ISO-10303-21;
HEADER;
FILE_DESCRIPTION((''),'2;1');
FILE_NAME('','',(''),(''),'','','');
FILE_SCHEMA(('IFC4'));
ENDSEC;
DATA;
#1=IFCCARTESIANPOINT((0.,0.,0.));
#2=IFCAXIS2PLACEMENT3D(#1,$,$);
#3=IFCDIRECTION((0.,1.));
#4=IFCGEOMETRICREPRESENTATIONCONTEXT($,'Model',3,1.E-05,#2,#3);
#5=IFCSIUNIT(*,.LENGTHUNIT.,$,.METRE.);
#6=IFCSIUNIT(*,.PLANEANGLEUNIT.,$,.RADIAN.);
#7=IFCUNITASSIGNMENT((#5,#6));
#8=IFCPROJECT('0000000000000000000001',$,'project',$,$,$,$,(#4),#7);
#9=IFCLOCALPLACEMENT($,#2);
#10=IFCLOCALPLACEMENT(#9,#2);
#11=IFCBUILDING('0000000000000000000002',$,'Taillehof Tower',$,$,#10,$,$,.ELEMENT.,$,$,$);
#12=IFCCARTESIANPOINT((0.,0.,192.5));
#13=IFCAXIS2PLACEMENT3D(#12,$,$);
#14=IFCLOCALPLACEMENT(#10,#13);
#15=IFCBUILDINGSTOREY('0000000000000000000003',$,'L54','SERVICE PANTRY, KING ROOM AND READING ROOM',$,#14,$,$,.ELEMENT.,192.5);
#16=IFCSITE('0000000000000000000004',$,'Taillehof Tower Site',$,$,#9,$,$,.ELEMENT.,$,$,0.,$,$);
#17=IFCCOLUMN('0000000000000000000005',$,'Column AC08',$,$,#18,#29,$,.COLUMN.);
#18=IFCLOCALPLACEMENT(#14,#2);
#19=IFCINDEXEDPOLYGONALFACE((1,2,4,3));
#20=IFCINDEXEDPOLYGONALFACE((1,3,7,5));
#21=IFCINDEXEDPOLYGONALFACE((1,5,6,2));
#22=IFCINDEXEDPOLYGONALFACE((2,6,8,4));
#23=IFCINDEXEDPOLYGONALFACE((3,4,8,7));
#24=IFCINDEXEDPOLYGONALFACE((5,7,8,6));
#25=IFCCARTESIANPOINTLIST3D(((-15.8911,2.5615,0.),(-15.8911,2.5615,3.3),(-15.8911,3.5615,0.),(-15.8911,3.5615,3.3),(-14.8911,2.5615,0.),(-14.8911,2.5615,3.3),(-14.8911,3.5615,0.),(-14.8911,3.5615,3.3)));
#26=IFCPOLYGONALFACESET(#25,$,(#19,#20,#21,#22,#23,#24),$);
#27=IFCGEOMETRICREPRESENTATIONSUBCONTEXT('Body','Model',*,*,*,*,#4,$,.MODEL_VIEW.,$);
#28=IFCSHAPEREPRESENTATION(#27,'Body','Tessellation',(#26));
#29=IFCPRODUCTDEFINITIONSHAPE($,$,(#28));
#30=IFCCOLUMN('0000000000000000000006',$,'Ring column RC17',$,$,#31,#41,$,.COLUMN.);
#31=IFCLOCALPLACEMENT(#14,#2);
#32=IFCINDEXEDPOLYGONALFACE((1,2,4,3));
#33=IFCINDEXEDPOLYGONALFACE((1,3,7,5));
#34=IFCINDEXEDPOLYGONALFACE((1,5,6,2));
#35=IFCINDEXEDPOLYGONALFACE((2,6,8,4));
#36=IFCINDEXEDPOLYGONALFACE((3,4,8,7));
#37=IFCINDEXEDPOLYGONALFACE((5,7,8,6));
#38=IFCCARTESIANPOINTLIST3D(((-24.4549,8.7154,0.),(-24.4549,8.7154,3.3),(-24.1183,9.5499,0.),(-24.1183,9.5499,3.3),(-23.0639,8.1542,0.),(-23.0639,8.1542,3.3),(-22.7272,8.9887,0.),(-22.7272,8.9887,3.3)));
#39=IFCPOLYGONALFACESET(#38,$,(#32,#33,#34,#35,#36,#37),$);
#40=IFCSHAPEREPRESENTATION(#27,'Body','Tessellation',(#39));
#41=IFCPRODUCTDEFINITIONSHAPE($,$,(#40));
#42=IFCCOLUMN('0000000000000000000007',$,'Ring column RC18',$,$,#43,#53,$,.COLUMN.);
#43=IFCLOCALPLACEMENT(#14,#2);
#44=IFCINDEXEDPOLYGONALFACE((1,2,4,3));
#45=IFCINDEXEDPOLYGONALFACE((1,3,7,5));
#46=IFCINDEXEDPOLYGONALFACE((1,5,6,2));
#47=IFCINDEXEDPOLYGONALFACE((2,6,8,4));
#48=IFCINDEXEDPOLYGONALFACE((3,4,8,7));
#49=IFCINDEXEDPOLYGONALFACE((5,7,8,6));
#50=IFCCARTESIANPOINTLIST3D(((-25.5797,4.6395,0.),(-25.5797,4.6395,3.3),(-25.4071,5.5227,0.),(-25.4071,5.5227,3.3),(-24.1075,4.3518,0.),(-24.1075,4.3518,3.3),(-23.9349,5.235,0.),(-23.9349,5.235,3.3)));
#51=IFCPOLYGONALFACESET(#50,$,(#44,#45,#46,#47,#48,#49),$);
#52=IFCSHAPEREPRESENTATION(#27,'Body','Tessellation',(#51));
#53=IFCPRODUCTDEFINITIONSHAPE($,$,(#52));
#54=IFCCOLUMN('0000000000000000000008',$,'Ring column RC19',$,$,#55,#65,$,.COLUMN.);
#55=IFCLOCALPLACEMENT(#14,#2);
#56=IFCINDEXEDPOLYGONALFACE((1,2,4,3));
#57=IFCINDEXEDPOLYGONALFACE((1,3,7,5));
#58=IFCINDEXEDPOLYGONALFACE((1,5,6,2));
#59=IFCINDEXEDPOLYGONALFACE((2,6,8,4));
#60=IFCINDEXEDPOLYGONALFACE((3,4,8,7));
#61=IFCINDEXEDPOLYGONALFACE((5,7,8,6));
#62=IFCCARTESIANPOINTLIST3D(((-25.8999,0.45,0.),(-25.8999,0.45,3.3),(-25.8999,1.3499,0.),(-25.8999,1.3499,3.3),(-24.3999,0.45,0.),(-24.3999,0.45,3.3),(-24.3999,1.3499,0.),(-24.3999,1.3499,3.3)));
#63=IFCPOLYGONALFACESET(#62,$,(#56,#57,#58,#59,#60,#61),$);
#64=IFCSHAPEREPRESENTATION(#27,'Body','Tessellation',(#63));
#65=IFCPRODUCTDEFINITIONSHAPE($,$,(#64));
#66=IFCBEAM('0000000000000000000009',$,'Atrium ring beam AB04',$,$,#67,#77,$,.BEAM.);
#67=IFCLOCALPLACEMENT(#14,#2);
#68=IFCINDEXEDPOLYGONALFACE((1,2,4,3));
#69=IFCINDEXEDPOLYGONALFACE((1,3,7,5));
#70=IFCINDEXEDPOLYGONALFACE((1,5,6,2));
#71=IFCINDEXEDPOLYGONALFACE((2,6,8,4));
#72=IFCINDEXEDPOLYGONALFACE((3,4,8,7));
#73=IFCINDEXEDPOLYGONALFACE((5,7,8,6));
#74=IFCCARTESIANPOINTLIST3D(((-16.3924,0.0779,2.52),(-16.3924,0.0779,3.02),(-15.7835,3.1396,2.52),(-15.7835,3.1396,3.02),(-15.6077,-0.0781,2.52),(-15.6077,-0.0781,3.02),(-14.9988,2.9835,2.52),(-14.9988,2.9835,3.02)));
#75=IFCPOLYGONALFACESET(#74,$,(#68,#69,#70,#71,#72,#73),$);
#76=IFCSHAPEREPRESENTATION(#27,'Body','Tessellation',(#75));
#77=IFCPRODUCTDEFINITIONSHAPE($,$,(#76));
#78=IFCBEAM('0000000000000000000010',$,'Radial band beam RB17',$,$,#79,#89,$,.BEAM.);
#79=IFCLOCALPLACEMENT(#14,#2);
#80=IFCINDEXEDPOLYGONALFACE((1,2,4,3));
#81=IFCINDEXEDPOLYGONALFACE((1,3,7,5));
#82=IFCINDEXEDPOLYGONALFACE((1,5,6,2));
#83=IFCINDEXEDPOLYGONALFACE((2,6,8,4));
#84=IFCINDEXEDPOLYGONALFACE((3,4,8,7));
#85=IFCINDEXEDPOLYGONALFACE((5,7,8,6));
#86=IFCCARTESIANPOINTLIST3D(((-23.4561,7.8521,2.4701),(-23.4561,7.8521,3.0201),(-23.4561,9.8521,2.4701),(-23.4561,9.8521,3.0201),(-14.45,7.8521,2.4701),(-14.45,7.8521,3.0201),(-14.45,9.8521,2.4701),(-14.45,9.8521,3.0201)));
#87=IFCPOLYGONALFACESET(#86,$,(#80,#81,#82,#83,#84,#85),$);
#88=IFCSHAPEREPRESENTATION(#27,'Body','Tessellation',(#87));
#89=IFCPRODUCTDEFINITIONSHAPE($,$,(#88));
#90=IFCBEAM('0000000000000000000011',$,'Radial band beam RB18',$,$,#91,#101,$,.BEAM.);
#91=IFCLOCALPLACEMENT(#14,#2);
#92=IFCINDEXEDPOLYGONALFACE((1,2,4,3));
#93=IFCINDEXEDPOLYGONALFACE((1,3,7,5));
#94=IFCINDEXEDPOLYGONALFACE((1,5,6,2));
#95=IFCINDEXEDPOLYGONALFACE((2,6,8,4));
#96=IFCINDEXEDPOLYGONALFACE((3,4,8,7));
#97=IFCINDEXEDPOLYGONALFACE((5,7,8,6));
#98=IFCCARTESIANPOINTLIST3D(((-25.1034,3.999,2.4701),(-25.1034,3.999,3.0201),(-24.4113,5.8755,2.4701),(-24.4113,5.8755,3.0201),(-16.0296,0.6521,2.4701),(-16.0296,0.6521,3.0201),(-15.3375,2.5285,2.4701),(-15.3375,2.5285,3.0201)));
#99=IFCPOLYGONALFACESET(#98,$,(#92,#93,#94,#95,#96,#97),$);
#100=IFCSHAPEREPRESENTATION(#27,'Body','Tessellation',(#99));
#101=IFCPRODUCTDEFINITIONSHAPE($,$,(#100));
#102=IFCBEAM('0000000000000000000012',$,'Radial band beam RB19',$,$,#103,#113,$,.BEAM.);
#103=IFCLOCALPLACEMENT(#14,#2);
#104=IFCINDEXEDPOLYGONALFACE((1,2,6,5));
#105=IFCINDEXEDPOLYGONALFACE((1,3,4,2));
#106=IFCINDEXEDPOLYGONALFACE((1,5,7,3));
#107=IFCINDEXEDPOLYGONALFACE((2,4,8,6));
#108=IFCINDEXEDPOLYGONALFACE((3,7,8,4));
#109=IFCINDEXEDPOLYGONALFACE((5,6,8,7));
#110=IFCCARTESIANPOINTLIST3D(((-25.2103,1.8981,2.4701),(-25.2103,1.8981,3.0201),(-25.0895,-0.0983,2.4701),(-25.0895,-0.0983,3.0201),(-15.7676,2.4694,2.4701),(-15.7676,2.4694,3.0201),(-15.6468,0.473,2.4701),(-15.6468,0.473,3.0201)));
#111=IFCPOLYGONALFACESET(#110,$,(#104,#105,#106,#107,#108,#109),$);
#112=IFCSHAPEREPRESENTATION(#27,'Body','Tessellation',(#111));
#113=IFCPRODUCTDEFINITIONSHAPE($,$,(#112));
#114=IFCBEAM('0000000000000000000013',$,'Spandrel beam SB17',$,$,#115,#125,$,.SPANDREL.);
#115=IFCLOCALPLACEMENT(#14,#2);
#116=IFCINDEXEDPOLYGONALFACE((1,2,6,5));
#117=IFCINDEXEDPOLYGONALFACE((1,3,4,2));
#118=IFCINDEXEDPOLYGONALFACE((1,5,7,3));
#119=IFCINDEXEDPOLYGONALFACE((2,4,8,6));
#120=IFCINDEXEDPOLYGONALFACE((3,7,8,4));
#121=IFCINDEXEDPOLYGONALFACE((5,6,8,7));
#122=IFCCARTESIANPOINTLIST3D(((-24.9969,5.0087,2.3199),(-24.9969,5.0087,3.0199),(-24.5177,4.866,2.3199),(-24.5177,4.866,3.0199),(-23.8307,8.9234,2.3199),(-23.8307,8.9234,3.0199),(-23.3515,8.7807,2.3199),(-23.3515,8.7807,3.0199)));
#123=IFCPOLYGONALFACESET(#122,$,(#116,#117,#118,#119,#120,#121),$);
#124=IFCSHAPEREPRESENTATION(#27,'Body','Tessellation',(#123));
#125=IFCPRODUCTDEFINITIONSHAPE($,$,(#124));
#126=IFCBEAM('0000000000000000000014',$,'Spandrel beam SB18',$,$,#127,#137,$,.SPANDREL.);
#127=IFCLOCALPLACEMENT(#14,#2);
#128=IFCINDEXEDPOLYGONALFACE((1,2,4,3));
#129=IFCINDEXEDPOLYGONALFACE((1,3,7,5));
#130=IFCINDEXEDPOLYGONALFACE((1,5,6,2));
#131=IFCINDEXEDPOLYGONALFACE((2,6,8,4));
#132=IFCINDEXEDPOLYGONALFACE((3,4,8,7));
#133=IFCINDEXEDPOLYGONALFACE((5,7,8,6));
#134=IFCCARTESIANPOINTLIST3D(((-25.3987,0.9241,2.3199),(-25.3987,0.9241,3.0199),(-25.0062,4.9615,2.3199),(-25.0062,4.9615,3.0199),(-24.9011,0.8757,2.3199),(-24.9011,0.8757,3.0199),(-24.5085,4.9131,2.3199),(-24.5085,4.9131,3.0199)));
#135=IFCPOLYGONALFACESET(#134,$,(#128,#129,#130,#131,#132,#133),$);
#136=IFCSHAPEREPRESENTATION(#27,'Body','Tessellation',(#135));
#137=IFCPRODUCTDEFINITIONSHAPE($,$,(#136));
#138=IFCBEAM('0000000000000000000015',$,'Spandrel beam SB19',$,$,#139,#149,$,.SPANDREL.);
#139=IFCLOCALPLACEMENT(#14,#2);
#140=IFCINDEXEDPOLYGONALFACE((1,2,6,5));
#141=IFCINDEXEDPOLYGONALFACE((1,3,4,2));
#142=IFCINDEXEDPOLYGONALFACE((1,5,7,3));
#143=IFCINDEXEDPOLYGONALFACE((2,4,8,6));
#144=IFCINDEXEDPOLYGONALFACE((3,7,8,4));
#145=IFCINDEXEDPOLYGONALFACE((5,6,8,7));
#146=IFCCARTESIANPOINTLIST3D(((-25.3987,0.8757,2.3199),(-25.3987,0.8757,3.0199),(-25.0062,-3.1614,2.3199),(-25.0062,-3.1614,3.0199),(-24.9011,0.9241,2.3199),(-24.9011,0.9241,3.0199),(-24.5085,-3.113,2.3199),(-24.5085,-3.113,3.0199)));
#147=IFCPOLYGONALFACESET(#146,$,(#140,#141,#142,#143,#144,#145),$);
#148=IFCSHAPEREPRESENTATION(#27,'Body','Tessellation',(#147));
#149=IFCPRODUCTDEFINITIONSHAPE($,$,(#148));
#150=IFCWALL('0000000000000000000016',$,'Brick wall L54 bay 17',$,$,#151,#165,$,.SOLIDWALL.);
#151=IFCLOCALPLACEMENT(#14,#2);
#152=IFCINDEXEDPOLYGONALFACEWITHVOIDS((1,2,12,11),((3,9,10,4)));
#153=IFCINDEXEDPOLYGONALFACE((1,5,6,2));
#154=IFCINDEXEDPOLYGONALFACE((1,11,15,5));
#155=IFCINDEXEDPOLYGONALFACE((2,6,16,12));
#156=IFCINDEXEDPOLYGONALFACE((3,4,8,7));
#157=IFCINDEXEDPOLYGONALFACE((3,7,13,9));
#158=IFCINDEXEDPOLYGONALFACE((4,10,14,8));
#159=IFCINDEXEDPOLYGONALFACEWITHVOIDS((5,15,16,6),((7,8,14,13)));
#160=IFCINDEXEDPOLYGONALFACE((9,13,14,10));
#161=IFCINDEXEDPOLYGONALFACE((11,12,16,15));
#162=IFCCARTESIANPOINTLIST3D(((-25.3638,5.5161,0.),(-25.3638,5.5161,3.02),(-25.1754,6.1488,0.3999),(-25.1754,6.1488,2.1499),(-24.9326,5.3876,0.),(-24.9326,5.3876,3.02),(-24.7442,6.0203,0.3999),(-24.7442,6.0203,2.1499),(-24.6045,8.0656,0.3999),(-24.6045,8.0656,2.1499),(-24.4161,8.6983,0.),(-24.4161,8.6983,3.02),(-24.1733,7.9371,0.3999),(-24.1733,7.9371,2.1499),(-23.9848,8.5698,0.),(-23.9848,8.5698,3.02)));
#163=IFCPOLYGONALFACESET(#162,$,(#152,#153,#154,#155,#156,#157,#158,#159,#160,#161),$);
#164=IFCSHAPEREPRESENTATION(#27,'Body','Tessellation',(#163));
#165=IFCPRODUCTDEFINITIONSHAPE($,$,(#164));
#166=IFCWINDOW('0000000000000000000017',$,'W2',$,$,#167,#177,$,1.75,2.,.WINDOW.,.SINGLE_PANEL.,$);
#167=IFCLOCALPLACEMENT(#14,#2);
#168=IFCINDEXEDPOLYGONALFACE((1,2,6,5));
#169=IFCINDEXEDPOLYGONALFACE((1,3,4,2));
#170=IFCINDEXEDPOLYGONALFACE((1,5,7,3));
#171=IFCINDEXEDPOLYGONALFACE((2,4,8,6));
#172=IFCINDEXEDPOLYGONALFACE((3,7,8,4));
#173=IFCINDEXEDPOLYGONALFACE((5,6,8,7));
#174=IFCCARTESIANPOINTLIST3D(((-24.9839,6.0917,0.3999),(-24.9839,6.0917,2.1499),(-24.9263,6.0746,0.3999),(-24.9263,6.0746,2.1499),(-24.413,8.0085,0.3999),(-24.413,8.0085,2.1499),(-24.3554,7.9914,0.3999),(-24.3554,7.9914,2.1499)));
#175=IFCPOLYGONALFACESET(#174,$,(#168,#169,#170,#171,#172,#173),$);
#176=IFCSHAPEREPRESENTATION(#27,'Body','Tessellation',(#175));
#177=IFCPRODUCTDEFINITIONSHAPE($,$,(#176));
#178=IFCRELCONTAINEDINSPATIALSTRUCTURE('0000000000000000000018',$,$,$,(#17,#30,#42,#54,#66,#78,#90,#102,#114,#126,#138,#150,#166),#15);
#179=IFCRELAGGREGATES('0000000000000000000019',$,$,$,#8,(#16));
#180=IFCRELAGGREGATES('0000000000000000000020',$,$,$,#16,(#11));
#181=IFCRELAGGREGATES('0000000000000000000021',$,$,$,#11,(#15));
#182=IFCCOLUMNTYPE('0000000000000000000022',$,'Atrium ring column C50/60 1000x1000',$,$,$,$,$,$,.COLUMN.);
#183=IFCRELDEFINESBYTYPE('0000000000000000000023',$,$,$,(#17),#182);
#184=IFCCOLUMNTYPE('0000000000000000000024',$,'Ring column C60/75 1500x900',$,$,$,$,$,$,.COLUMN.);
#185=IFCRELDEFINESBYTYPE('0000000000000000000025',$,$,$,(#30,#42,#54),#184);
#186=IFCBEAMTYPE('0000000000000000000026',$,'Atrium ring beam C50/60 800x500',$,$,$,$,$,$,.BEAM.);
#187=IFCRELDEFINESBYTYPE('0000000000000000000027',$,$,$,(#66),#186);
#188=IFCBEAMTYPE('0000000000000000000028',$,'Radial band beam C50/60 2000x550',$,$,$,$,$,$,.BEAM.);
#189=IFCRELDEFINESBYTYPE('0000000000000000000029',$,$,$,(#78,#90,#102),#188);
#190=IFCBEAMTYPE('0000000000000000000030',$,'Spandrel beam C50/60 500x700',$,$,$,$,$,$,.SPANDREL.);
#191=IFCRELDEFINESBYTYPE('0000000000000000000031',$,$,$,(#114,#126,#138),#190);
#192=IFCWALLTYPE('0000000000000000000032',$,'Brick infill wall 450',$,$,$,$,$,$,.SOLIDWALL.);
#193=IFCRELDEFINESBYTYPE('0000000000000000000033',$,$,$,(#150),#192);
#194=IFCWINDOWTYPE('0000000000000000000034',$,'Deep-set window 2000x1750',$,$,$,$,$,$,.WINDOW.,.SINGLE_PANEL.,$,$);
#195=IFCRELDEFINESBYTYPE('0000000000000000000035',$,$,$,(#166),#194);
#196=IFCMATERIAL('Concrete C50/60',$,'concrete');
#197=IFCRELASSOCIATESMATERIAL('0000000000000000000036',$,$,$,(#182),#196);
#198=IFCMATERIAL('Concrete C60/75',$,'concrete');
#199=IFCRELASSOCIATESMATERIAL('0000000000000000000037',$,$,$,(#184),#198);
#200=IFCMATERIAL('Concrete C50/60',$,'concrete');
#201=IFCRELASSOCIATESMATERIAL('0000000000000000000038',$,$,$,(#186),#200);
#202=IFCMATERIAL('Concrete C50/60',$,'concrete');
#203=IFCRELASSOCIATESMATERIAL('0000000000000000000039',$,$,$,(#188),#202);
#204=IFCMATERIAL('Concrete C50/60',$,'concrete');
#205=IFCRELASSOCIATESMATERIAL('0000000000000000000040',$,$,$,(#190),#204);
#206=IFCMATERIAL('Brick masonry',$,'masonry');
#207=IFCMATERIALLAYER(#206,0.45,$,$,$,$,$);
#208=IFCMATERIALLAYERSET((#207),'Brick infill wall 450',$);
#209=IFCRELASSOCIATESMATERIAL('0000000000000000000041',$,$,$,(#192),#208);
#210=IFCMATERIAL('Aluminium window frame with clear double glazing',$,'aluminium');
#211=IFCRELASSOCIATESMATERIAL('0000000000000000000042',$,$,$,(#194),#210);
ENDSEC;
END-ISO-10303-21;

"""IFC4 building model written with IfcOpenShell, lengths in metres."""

from ifc_helpers import new_model, si_unit, direction, frame, frame_2d, origin, origin_2d, place, context, subcontext, project, spatial, rectangle, extrude, material, layer, layer_set, material_profile, profile_set, type_object, element, fill, save


model = new_model("IFC4")

# Units and contexts
model_context = context("Model", 3, precision=1e-05, world=origin(), true_north=direction((0.0, 1.0)))
body_context = subcontext(model_context, "Body", "Model", "MODEL_VIEW")
ifc_project = project(units=[si_unit("LENGTHUNIT", "METRE"), si_unit("PLANEANGLEUNIT", "RADIAN")], contexts=[model_context])

# Site, building, storey
site_placement = place(None, origin())
site = spatial("IfcSite", under=ifc_project, at=site_placement, Name="Taillehof Tower Site", CompositionType="ELEMENT", RefElevation=0.0)
building_placement = place(site_placement, origin())
building = spatial("IfcBuilding", under=site, at=building_placement, Name="Taillehof Tower", CompositionType="ELEMENT")
storey_placement = place(building_placement, frame((0.0, 0.0, 192.5)))
storey = spatial("IfcBuildingStorey", under=building, at=storey_placement, Name="L54", Description="SERVICE PANTRY, KING ROOM AND READING ROOM", CompositionType="ELEMENT", Elevation=192.5)

# Columns
ifc_material_1 = material(Name="Concrete C50/60", Category="concrete")
ifc_material_profile_1 = material_profile(ifc_material_1, rectangle(XDim=1.0, YDim=1.0, at=origin_2d()), Name="RC 1000x1000")
ifc_profile_set_1 = profile_set([ifc_material_profile_1], Name="Concrete C50/60")
column_type_1 = type_object("IfcColumnType", Name="Atrium ring column C50/60 1000x1000", PredefinedType="COLUMN", material=ifc_profile_set_1)
column_placement = place(storey_placement, frame((-15.3911, 3.0615, 0.0), z_axis=(0.0, 0.0, 1.0), x_axis=(1.0, 0.0, 0.0)))
element("IfcColumn", 1, at=column_placement, inside=storey, type_object=column_type_1, Name="Column AC08", PredefinedType="COLUMN", context=body_context, shape_type="SweptSolid", body=[
    extrude(rectangle(XDim=1.0, YDim=1.0, at=origin_2d()), origin(), (0.0, 0.0, 1.0), 3.3),
])
ifc_material_2 = material(Name="Concrete C60/75", Category="concrete")
ifc_material_profile_2 = material_profile(ifc_material_2, rectangle(XDim=1.5, YDim=0.8999, at=origin_2d()), Name="RC 1500x900")
ifc_profile_set_2 = profile_set([ifc_material_profile_2], Name="Concrete C60/75")
column_type_2 = type_object("IfcColumnType", Name="Ring column C60/75 1500x900", PredefinedType="COLUMN", material=ifc_profile_set_2)
for number, where, z_axis, x_axis, name in (
    (2, (-23.5911, 8.8521, 0.0), (0.0, 0.0, 1.0), (-0.927385, 0.374108, 0.0), "Ring column RC17"),
    (3, (-24.7573, 4.9373, 0.0), (0.0, 0.0, 1.0), (-0.981434, 0.191801, 0.0), "Ring column RC18"),
    (4, (-25.1499, 0.8999, 0.0), (0.0, 0.0, 1.0), (-1.0, 0.0, 0.0), "Ring column RC19"),
):
    element("IfcColumn", number, at=place(storey_placement, frame(where, z_axis=z_axis, x_axis=x_axis)), inside=storey, type_object=column_type_2, Name=name, PredefinedType="COLUMN", context=body_context, shape_type="SweptSolid", body=[
        extrude(rectangle(XDim=1.5, YDim=0.8999, at=origin_2d()), origin(), (0.0, 0.0, 1.0), 3.3),
    ])

# Beams
ifc_material_3 = material(Name="Concrete C50/60", Category="concrete")
ifc_material_profile_3 = material_profile(ifc_material_3, rectangle(XDim=0.8, YDim=0.5, at=origin_2d()), Name="RC 800x500")
ifc_profile_set_3 = profile_set([ifc_material_profile_3], Name="Concrete C50/60")
beam_type_1 = type_object("IfcBeamType", Name="Atrium ring beam C50/60 800x500", PredefinedType="BEAM", material=ifc_profile_set_3)
beam_1_placement = place(storey_placement, frame((-15.3911, 3.0615, 2.77), z_axis=(-0.195063, -0.980791, 0.0), x_axis=(0.980791, -0.195063, 0.0)))
element("IfcBeam", 5, at=beam_1_placement, inside=storey, type_object=beam_type_1, Name="Atrium ring beam AB04", PredefinedType="BEAM", context=body_context, shape_type="SweptSolid", body=[
    extrude(rectangle(XDim=0.8, YDim=0.5, at=origin_2d()), origin(), (0.0, 0.0, 1.0), 3.1216),
])
ifc_material_4 = material(Name="Concrete C50/60", Category="concrete")
ifc_material_profile_4 = material_profile(ifc_material_4, rectangle(XDim=2.0, YDim=0.55, at=origin_2d()), Name="RC 2000x550")
ifc_profile_set_4 = profile_set([ifc_material_profile_4], Name="Concrete C50/60")
beam_type_2 = type_object("IfcBeamType", Name="Radial band beam C50/60 2000x550", PredefinedType="BEAM", material=ifc_profile_set_4)
beam_2_placement = place(storey_placement, frame((-23.4561, 8.8521, 2.7451), z_axis=(1.0, 0.0, 0.0), x_axis=(0.0, 1.0, 0.0)))
element("IfcBeam", 6, at=beam_2_placement, inside=storey, type_object=beam_type_2, Name="Radial band beam RB17", PredefinedType="BEAM", context=body_context, shape_type="SweptSolid", body=[
    extrude(rectangle(XDim=2.0, YDim=0.55, at=origin_2d()), origin(), (0.0, 0.0, 1.0), 9.0061),
])
beam_3_placement = place(storey_placement, frame((-24.7573, 4.9373, 2.7451), z_axis=(0.93821, -0.346067, 0.0), x_axis=(0.346067, 0.93821, 0.0)))
element("IfcBeam", 7, at=beam_3_placement, inside=storey, type_object=beam_type_2, Name="Radial band beam RB18", PredefinedType="BEAM", context=body_context, shape_type="SweptSolid", body=[
    extrude(rectangle(XDim=2.0, YDim=0.55, at=origin_2d()), origin(), (0.0, 0.0, 1.0), 9.6714),
])
beam_4_placement = place(storey_placement, frame((-25.1499, 0.8999, 2.7451), z_axis=(0.998175, 0.060391, 0.0), x_axis=(-0.060391, 0.998175, 0.0)))
element("IfcBeam", 8, at=beam_4_placement, inside=storey, type_object=beam_type_2, Name="Radial band beam RB19", PredefinedType="BEAM", context=body_context, shape_type="SweptSolid", body=[
    extrude(rectangle(XDim=2.0, YDim=0.55, at=origin_2d()), origin(), (0.0, 0.0, 1.0), 9.46),
])
ifc_material_5 = material(Name="Concrete C50/60", Category="concrete")
ifc_material_profile_5 = material_profile(ifc_material_5, rectangle(XDim=0.5, YDim=0.7, at=origin_2d()), Name="RC 500x700")
ifc_profile_set_5 = profile_set([ifc_material_profile_5], Name="Concrete C50/60")
beam_type_3 = type_object("IfcBeamType", Name="Spandrel beam C50/60 500x700", PredefinedType="SPANDREL", material=ifc_profile_set_5)
beam_5_placement = place(storey_placement, frame((-23.5911, 8.8521, 2.6699), z_axis=(-0.28551, -0.958376, 0.0), x_axis=(0.958376, -0.28551, 0.0)))
element("IfcBeam", 9, at=beam_5_placement, inside=storey, type_object=beam_type_3, Name="Spandrel beam SB17", PredefinedType="SPANDREL", context=body_context, shape_type="SweptSolid", body=[
    extrude(rectangle(XDim=0.5, YDim=0.7, at=origin_2d()), origin(), (0.0, 0.0, 1.0), 4.0847),
])
beam_6_placement = place(storey_placement, frame((-24.7573, 4.9373, 2.6699), z_axis=(-0.09678, -0.995306, 0.0), x_axis=(0.995306, -0.09678, 0.0)))
element("IfcBeam", 10, at=beam_6_placement, inside=storey, type_object=beam_type_3, Name="Spandrel beam SB18", PredefinedType="SPANDREL", context=body_context, shape_type="SweptSolid", body=[
    extrude(rectangle(XDim=0.5, YDim=0.7, at=origin_2d()), origin(), (0.0, 0.0, 1.0), 4.0564),
])
beam_7_placement = place(storey_placement, frame((-25.1499, 0.8999, 2.6699), z_axis=(0.096786, -0.995305, 0.0), x_axis=(0.995305, 0.096786, 0.0)))
element("IfcBeam", 11, at=beam_7_placement, inside=storey, type_object=beam_type_3, Name="Spandrel beam SB19", PredefinedType="SPANDREL", context=body_context, shape_type="SweptSolid", body=[
    extrude(rectangle(XDim=0.5, YDim=0.7, at=origin_2d()), origin(), (0.0, 0.0, 1.0), 4.0562),
])

# Wall, opening, window
ifc_material_6 = material(Name="Brick masonry", Category="masonry")
ifc_layer_1 = layer(ifc_material_6, 0.45)
ifc_layer_set_1 = layer_set([ifc_layer_1], Name="Brick infill wall 450")
wall_type_1 = type_object("IfcWallType", Name="Brick infill wall 450", PredefinedType="SOLIDWALL", material=ifc_layer_set_1)
wall_1_placement = place(storey_placement, frame((-24.2004, 8.634, 0.0), z_axis=(0.0, 0.0, 1.0), x_axis=(-0.285445, -0.958395, 0.0)))
wall_1 = element("IfcWall", 12, at=wall_1_placement, inside=storey, type_object=wall_type_1, Name="Brick wall L54 bay 17", PredefinedType="SOLIDWALL", context=body_context, shape_type="SweptSolid", body=[
    extrude(rectangle(XDim=3.3203, YDim=0.45, at=frame_2d((1.6602, 0.0))), origin(), (0.0, 0.0, 1.0), 3.02),
])
opening_1_placement = place(wall_1_placement, frame((0.6602, 0.0, 0.3999)))
opening_1 = element("IfcOpeningElement", 13, at=opening_1_placement, cuts=wall_1, PredefinedType="OPENING", context=body_context, shape_type="SweptSolid", body=[
    extrude(rectangle(XDim=2.0, YDim=1.75, at=frame_2d((1.0, 0.875))), frame((0.0, 0.2349, 0.0), z_axis=(0.0, -1.0, 0.0), x_axis=(1.0, 0.0, 0.0)), (0.0, 0.0, 1.0), 0.47),
])
ifc_material_7 = material(Name="Aluminium window frame with clear double glazing", Category="aluminium")
window_type_1 = type_object("IfcWindowType", Name="Deep-set window 2000x1750", PartitioningType="SINGLE_PANEL", PredefinedType="WINDOW", material=ifc_material_7)
window_1_placement = place(opening_1_placement, origin())
window_1 = element("IfcWindow", 14, at=window_1_placement, inside=storey, type_object=window_type_1, Name="W2", OverallHeight=1.75, OverallWidth=2.0, PartitioningType="SINGLE_PANEL", PredefinedType="WINDOW", context=body_context, shape_type="SweptSolid", body=[
    extrude(rectangle(XDim=2.0, YDim=1.75, at=frame_2d((1.0, 0.875))), frame((0.0, 0.0349, 0.0), z_axis=(0.0, -1.0, 0.0), x_axis=(1.0, 0.0, 0.0)), (0.0, 0.0, 1.0), 0.0601),
])
fill(opening_1, window_1)

save(model, "model.ifc")
